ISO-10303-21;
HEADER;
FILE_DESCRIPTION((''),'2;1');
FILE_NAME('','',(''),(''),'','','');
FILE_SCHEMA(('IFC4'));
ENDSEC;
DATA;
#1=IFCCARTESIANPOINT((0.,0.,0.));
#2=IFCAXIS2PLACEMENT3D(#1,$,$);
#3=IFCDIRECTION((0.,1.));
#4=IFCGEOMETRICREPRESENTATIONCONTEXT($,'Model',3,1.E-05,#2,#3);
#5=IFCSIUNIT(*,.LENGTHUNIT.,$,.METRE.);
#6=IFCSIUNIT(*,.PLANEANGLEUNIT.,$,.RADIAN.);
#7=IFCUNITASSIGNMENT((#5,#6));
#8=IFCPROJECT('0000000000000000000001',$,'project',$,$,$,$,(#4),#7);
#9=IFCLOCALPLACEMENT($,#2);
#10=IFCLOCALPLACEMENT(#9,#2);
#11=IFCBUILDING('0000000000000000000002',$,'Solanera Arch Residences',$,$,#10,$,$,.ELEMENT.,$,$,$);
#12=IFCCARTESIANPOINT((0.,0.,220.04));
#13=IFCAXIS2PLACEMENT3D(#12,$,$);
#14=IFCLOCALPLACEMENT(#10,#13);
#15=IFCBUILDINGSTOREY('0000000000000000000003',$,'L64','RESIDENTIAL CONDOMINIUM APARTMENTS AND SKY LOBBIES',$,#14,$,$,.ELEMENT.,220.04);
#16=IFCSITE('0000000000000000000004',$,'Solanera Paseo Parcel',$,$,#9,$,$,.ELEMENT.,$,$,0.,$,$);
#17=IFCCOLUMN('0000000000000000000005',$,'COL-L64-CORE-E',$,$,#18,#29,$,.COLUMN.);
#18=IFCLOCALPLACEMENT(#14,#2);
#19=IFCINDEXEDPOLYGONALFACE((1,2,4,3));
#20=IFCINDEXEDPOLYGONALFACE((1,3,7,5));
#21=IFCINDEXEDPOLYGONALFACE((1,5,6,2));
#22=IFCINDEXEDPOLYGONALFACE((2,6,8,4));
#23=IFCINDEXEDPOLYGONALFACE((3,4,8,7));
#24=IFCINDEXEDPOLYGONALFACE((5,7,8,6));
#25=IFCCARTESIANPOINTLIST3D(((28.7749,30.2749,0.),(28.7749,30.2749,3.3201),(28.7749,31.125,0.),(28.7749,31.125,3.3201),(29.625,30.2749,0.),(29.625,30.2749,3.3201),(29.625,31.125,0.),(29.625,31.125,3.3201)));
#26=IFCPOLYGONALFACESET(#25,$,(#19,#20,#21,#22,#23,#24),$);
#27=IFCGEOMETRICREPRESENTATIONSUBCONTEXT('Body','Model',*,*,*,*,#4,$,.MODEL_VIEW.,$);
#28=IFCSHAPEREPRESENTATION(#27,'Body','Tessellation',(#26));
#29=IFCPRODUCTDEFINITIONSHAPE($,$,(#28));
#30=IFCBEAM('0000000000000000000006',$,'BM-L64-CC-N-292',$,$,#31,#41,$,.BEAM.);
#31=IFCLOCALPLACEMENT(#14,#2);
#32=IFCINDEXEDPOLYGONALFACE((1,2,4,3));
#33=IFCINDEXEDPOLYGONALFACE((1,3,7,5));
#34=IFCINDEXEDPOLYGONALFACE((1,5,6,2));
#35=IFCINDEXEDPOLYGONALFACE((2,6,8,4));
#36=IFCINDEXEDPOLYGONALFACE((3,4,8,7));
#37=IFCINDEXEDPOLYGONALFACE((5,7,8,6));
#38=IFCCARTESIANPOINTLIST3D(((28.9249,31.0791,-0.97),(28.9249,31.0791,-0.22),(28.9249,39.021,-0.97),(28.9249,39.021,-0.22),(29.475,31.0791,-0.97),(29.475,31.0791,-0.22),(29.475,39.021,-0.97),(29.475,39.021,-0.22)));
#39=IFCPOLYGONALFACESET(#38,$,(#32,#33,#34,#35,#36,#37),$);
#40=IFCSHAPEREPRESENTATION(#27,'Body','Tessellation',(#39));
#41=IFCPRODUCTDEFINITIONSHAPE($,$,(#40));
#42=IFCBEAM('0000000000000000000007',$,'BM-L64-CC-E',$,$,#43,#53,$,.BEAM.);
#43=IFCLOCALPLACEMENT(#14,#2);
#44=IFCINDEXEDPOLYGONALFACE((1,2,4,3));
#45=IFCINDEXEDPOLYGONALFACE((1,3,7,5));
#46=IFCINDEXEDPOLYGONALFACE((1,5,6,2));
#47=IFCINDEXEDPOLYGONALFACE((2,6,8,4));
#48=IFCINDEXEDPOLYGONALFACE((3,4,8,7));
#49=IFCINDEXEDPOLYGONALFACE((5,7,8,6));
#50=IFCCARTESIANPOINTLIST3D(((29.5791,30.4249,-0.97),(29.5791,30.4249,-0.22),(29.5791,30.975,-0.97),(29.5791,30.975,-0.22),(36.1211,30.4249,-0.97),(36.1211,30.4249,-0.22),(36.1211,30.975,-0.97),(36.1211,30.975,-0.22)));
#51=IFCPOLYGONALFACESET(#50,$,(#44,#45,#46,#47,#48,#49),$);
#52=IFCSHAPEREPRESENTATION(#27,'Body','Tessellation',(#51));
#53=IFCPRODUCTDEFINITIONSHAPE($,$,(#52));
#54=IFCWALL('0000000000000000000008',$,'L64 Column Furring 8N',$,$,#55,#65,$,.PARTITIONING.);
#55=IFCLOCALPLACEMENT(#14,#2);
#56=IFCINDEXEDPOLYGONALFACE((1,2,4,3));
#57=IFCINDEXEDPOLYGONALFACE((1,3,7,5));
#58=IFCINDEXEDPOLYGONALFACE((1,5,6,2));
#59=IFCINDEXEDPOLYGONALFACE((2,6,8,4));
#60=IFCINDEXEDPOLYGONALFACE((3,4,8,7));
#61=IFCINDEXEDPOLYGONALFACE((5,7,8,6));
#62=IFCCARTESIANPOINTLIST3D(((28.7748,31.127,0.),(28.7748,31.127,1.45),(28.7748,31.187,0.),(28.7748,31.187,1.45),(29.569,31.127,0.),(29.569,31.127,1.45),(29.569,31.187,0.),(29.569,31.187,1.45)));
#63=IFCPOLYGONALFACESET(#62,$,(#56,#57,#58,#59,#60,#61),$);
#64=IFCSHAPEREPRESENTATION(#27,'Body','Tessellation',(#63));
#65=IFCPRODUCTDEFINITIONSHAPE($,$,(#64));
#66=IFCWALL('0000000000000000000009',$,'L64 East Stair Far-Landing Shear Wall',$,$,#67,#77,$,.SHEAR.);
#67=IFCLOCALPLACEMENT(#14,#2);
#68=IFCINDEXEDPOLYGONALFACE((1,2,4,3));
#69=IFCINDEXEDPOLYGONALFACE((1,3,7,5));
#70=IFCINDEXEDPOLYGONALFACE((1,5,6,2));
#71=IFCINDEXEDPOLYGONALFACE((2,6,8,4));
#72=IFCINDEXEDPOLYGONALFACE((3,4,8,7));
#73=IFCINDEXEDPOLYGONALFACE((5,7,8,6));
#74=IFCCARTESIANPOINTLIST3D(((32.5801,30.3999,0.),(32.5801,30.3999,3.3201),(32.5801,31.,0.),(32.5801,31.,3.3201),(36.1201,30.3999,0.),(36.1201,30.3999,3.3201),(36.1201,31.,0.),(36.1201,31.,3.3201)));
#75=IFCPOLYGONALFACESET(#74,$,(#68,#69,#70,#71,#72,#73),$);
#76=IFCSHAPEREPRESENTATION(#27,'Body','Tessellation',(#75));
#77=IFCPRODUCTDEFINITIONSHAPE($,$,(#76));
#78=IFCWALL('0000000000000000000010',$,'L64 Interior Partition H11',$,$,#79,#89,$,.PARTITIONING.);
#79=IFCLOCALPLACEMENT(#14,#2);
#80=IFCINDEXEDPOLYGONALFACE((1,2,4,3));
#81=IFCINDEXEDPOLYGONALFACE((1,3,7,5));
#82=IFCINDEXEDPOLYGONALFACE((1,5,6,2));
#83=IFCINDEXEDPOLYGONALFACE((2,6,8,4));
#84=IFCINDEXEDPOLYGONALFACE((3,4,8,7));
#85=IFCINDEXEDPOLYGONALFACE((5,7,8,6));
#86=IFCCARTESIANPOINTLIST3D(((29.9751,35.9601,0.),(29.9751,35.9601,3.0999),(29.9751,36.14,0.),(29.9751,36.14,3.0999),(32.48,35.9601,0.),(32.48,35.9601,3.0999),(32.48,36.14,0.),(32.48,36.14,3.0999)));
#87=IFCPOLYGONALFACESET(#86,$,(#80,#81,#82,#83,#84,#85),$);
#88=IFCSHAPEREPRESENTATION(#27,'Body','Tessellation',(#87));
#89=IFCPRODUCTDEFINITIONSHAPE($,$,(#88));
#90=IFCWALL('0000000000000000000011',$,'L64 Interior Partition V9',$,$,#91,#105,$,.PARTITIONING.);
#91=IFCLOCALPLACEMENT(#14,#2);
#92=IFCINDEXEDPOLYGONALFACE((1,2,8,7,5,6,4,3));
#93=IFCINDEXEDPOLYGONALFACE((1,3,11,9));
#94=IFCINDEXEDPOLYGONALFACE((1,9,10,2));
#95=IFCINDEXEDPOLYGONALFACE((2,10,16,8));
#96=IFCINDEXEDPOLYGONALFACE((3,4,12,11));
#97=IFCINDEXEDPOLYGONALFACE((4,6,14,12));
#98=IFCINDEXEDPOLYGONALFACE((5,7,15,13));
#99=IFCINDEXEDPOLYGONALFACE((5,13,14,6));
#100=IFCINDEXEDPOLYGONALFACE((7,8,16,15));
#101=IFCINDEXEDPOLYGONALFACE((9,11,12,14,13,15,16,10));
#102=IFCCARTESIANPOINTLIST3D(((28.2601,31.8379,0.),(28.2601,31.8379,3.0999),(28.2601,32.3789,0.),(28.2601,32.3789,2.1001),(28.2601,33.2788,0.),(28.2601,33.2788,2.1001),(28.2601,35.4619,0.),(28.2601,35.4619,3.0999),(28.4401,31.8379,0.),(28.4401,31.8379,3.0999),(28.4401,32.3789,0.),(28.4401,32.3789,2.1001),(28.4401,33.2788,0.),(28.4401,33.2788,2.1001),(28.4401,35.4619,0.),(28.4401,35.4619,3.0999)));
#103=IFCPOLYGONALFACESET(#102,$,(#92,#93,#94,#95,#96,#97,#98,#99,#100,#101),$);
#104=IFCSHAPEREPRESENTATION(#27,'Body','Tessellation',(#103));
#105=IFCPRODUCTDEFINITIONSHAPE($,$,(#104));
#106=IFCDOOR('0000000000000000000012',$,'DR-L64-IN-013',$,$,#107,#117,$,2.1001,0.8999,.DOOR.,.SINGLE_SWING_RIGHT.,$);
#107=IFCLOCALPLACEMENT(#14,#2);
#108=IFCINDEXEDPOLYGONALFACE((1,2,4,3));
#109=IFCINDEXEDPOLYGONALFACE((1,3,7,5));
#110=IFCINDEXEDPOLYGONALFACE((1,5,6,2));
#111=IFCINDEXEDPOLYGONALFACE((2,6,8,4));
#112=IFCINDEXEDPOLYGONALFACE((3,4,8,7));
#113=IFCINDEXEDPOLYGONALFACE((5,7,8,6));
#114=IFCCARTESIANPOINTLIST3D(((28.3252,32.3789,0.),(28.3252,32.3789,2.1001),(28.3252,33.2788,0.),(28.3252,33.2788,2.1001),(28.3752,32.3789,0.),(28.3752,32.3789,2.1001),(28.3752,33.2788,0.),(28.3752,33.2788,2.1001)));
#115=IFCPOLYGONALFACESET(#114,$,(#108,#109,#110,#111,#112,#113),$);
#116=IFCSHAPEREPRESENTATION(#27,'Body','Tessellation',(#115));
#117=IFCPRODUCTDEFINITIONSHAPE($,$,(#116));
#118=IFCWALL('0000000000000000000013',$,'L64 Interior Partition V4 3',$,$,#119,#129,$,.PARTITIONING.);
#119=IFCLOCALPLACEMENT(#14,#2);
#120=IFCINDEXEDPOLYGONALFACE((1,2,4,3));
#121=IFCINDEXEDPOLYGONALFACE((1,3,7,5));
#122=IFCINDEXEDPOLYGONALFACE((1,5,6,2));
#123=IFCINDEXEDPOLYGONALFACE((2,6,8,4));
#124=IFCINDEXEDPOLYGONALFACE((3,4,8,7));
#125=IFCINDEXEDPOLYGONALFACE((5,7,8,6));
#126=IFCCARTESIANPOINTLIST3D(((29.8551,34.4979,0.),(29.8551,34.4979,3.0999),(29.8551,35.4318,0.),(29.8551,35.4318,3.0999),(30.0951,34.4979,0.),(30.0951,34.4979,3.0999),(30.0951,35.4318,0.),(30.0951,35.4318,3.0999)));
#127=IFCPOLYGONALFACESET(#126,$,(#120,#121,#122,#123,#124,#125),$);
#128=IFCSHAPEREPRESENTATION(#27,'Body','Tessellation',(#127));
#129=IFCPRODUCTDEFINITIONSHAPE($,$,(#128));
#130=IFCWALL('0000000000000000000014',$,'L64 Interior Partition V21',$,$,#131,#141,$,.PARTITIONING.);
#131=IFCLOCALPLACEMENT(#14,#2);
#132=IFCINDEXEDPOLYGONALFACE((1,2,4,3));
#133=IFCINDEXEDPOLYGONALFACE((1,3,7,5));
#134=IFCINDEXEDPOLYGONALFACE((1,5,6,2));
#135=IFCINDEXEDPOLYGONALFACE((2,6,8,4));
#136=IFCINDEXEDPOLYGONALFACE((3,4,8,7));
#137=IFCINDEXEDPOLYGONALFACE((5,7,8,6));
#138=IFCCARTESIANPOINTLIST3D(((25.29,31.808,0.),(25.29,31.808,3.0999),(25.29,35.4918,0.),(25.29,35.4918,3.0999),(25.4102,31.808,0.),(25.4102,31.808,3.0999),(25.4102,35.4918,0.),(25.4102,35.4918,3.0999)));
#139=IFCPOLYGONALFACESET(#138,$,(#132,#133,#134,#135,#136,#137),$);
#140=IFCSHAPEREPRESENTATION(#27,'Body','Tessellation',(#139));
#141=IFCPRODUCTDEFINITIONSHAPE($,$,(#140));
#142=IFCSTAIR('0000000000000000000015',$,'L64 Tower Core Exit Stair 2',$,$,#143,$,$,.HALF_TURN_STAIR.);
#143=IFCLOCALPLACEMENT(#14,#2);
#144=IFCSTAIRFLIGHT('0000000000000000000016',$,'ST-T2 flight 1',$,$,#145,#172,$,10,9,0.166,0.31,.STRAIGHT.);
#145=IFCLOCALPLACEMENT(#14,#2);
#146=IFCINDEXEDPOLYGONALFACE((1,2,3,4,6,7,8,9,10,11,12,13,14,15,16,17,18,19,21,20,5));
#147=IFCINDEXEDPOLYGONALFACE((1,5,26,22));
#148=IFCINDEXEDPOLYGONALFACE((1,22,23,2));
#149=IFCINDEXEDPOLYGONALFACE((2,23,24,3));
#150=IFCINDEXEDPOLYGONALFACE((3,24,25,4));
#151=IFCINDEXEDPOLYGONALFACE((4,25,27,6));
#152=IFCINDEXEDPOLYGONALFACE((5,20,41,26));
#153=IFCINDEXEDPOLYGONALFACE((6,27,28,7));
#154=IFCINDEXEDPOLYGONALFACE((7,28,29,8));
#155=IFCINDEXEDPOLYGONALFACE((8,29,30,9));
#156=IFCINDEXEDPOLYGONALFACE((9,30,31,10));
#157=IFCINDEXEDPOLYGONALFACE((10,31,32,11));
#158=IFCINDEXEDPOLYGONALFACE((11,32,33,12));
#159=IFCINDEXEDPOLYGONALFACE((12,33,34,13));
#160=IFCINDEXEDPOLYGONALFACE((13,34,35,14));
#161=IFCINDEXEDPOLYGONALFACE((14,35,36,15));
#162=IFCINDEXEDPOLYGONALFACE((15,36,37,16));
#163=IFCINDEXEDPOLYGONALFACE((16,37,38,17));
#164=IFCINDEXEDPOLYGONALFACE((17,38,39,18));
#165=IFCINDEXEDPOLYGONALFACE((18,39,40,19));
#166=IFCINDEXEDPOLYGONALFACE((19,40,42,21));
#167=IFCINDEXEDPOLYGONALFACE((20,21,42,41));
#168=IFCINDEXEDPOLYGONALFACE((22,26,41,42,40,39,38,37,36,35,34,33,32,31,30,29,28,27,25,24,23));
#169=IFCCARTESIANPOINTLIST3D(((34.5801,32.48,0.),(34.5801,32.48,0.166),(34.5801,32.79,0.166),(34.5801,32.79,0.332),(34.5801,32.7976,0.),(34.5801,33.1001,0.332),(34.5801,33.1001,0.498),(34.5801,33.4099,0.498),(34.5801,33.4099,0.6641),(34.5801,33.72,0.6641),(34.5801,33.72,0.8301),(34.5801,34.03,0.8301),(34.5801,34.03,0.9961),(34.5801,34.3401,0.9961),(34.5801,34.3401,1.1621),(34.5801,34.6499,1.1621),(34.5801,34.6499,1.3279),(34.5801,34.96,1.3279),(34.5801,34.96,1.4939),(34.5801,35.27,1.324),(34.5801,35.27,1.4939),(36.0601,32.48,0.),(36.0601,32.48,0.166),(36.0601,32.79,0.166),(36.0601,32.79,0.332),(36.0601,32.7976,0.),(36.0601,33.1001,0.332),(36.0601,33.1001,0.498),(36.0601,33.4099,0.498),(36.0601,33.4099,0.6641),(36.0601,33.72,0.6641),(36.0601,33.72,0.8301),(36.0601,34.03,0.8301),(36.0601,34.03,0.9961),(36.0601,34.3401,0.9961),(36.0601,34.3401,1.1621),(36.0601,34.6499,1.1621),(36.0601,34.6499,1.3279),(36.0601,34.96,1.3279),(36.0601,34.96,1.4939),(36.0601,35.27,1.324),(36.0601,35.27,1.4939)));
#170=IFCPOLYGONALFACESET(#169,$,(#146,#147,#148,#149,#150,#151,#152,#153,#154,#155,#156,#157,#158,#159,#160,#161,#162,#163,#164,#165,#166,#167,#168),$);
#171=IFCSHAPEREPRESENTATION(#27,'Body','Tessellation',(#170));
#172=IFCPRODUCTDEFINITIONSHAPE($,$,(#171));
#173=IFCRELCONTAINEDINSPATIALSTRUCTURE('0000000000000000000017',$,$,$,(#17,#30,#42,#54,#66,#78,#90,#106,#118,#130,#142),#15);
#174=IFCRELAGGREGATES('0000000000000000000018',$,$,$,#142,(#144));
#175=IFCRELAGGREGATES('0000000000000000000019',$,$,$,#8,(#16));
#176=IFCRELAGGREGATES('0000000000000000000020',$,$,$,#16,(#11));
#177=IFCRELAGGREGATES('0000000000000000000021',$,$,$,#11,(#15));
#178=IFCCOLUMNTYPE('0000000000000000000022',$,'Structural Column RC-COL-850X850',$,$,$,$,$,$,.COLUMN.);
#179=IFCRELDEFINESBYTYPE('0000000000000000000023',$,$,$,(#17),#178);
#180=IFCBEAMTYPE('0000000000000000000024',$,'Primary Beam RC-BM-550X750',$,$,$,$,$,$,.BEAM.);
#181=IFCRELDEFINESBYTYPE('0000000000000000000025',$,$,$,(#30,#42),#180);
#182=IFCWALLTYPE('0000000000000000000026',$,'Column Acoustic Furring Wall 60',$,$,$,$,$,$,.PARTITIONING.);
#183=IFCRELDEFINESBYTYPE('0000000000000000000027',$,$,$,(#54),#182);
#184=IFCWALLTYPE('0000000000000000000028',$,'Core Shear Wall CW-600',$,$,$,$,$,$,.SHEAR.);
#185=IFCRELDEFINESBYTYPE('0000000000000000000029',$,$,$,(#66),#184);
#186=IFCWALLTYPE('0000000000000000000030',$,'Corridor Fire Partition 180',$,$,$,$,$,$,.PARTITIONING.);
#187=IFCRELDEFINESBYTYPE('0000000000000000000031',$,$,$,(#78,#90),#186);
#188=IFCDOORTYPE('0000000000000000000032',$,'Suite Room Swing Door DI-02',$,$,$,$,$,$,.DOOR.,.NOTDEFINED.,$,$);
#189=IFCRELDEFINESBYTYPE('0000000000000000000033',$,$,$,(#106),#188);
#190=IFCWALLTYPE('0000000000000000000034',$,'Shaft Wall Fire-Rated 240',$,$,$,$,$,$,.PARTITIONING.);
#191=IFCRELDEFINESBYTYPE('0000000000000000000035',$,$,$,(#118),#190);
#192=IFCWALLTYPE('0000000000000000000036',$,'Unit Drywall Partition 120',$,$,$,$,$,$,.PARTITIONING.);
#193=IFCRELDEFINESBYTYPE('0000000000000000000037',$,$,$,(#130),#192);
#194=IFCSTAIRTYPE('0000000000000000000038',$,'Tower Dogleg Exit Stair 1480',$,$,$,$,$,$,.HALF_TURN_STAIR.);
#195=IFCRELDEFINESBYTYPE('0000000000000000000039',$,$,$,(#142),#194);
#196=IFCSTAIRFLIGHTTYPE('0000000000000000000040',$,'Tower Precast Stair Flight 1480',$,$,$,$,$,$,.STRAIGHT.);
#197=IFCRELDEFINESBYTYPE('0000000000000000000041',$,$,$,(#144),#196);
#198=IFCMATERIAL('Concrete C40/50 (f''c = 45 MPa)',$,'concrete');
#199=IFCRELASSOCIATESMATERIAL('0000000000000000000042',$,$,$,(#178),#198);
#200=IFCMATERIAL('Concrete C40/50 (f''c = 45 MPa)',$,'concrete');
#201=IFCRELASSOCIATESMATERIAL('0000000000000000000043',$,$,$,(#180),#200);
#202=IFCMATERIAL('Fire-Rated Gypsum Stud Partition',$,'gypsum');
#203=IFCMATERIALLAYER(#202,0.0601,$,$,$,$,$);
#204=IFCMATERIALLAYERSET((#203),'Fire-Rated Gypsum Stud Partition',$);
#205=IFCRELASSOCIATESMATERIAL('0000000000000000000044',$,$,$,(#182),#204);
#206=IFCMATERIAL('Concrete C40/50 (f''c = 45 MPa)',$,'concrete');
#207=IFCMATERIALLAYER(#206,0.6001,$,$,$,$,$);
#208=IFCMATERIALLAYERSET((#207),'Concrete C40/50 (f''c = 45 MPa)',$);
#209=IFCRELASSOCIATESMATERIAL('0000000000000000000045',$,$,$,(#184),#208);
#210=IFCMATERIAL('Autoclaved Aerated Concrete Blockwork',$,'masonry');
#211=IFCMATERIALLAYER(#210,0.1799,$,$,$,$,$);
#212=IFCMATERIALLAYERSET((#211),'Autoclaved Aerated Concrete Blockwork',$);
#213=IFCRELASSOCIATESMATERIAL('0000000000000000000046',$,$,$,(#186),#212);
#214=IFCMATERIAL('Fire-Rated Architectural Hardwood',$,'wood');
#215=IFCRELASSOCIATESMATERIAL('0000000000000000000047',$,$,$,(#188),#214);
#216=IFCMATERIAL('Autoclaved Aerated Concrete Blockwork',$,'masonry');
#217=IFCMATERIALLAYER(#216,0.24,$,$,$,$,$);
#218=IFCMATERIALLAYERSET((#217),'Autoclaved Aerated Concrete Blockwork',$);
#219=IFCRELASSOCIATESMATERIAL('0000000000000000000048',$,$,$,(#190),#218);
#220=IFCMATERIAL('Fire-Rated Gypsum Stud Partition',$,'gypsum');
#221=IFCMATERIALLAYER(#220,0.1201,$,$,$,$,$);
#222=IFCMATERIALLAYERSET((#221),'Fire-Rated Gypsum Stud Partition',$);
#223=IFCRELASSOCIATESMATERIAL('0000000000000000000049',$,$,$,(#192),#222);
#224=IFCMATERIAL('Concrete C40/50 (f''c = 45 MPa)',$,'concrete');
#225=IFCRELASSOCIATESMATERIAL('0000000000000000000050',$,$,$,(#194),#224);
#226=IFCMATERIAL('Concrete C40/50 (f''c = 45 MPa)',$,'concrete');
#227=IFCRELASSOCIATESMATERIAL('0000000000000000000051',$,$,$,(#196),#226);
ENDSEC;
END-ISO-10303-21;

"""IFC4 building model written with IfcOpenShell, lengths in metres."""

from ifc_helpers import new_model, si_unit, direction, frame, frame_2d, origin, origin_2d, place, context, subcontext, project, spatial, polyline, rectangle, outline, extrude, material, layer, layer_set, material_profile, profile_set, type_object, element, fill, aggregate, save


model = new_model("IFC4")

# Units and contexts
model_context = context("Model", 3, precision=1e-05, world=origin(), true_north=direction((0.0, 1.0)))
body_context = subcontext(model_context, "Body", "Model", "MODEL_VIEW")
ifc_project = project(units=[si_unit("LENGTHUNIT", "METRE"), si_unit("PLANEANGLEUNIT", "RADIAN")], contexts=[model_context])

# Site, building, storey
site_placement = place(None, origin())
site = spatial("IfcSite", under=ifc_project, at=site_placement, Name="Solanera Paseo Parcel", CompositionType="ELEMENT", RefElevation=0.0)
building_placement = place(site_placement, origin())
building = spatial("IfcBuilding", under=site, at=building_placement, Name="Solanera Arch Residences", CompositionType="ELEMENT")
storey_placement = place(building_placement, frame((0.0, 0.0, 220.04)))
storey = spatial("IfcBuildingStorey", under=building, at=storey_placement, Name="L64", Description="RESIDENTIAL CONDOMINIUM APARTMENTS AND SKY LOBBIES", CompositionType="ELEMENT", Elevation=220.04)

# Column
ifc_material_1 = material(Name="Concrete C40/50 (f'c = 45 MPa)", Category="concrete")
ifc_material_profile_1 = material_profile(ifc_material_1, rectangle(XDim=0.8501, YDim=0.8501, at=origin_2d()))
ifc_profile_set_1 = profile_set([ifc_material_profile_1], Name="Concrete C40/50 (f'c = 45 MPa)")
column_type = type_object("IfcColumnType", Name="Structural Column RC-COL-850X850", PredefinedType="COLUMN", material=ifc_profile_set_1)
column_placement = place(storey_placement, frame((29.2, 30.7, 0.0), z_axis=(0.0, 0.0, 1.0), x_axis=(1.0, 0.0, 0.0)))
element("IfcColumn", 1, at=column_placement, inside=storey, type_object=column_type, Name="COL-L64-CORE-E", PredefinedType="COLUMN", context=body_context, shape_type="SweptSolid", body=[
    extrude(rectangle(XDim=0.8501, YDim=0.8501, at=origin_2d()), origin(), (0.0, 0.0, 1.0), 3.3201),
])

# Beams
ifc_material_2 = material(Name="Concrete C40/50 (f'c = 45 MPa)", Category="concrete")
ifc_material_profile_2 = material_profile(ifc_material_2, rectangle(XDim=0.55, YDim=0.75, at=origin_2d()))
ifc_profile_set_2 = profile_set([ifc_material_profile_2], Name="Concrete C40/50 (f'c = 45 MPa)")
beam_type = type_object("IfcBeamType", Name="Primary Beam RC-BM-550X750", PredefinedType="BEAM", material=ifc_profile_set_2)
beam_1_placement = place(storey_placement, frame((29.2, 31.0791, -0.595), z_axis=(0.0, 1.0, 0.0), x_axis=(-1.0, 0.0, 0.0)))
element("IfcBeam", 2, at=beam_1_placement, inside=storey, type_object=beam_type, Name="BM-L64-CC-N-292", PredefinedType="BEAM", context=body_context, shape_type="SweptSolid", body=[
    extrude(rectangle(XDim=0.55, YDim=0.75, at=origin_2d()), origin(), (0.0, 0.0, 1.0), 7.9419),
])
beam_2_placement = place(storey_placement, frame((29.5791, 30.7, -0.595), z_axis=(1.0, 0.0, 0.0), x_axis=(0.0, 1.0, 0.0)))
element("IfcBeam", 3, at=beam_2_placement, inside=storey, type_object=beam_type, Name="BM-L64-CC-E", PredefinedType="BEAM", context=body_context, shape_type="SweptSolid", body=[
    extrude(rectangle(XDim=0.55, YDim=0.75, at=origin_2d()), origin(), (0.0, 0.0, 1.0), 6.542),
])

# Wall
ifc_material_3 = material(Name="Fire-Rated Gypsum Stud Partition", Category="gypsum")
ifc_layer_1 = layer(ifc_material_3, 0.0601)
ifc_layer_set_1 = layer_set([ifc_layer_1], Name="Fire-Rated Gypsum Stud Partition")
wall_type_1 = type_object("IfcWallType", Name="Column Acoustic Furring Wall 60", PredefinedType="PARTITIONING", material=ifc_layer_set_1)
wall_1_placement = place(storey_placement, frame((28.7749, 31.157, 0.0), z_axis=(0.0, 0.0, 1.0), x_axis=(1.0, 0.0, 0.0)))
element("IfcWall", 4, at=wall_1_placement, inside=storey, type_object=wall_type_1, Name="L64 Column Furring 8N", PredefinedType="PARTITIONING", context=body_context, shape_type="SweptSolid", body=[
    extrude(rectangle(XDim=0.7942, YDim=0.0601, at=frame_2d((0.397, 0.0))), origin(), (0.0, 0.0, 1.0), 1.45),
])

# Walls
ifc_material_4 = material(Name="Concrete C40/50 (f'c = 45 MPa)", Category="concrete")
ifc_layer_2 = layer(ifc_material_4, 0.6001)
ifc_layer_set_2 = layer_set([ifc_layer_2], Name="Concrete C40/50 (f'c = 45 MPa)")
wall_type_2 = type_object("IfcWallType", Name="Core Shear Wall CW-600", PredefinedType="SHEAR", material=ifc_layer_set_2)
wall_2_placement = place(storey_placement, frame((32.5801, 30.7, 0.0), z_axis=(0.0, 0.0, 1.0), x_axis=(1.0, 0.0, 0.0)))
element("IfcWall", 5, at=wall_2_placement, inside=storey, type_object=wall_type_2, Name="L64 East Stair Far-Landing Shear Wall", PredefinedType="SHEAR", context=body_context, shape_type="SweptSolid", body=[
    extrude(rectangle(XDim=3.54, YDim=0.6001, at=frame_2d((1.77, 0.0))), origin(), (0.0, 0.0, 1.0), 3.3201),
])
ifc_material_5 = material(Name="Autoclaved Aerated Concrete Blockwork", Category="masonry")
ifc_layer_3 = layer(ifc_material_5, 0.1799)
ifc_layer_set_3 = layer_set([ifc_layer_3], Name="Autoclaved Aerated Concrete Blockwork")
wall_type_3 = type_object("IfcWallType", Name="Corridor Fire Partition 180", PredefinedType="PARTITIONING", material=ifc_layer_set_3)
wall_3_placement = place(storey_placement, frame((29.9751, 36.05, 0.0), z_axis=(0.0, 0.0, 1.0), x_axis=(1.0, 0.0, 0.0)))
element("IfcWall", 6, at=wall_3_placement, inside=storey, type_object=wall_type_3, Name="L64 Interior Partition H11", PredefinedType="PARTITIONING", context=body_context, shape_type="SweptSolid", body=[
    extrude(rectangle(XDim=2.5049, YDim=0.1799, at=frame_2d((1.2524, 0.0))), origin(), (0.0, 0.0, 1.0), 3.0999),
])

# Wall, opening, door
wall_4_placement = place(storey_placement, frame((28.3501, 31.8379, 0.0), z_axis=(0.0, 0.0, 1.0), x_axis=(0.0, 1.0, 0.0)))
wall_4 = element("IfcWall", 7, at=wall_4_placement, inside=storey, type_object=wall_type_3, Name="L64 Interior Partition V9", PredefinedType="PARTITIONING", context=body_context, shape_type="SweptSolid", body=[
    extrude(rectangle(XDim=3.624, YDim=0.1799, at=frame_2d((1.812, 0.0))), origin(), (0.0, 0.0, 1.0), 3.0999),
])
opening_1_placement = place(wall_4_placement, frame((0.541, 0.0, 0.0)))
opening_1 = element("IfcOpeningElement", 8, at=opening_1_placement, cuts=wall_4, PredefinedType="OPENING", context=body_context, shape_type="SweptSolid", body=[
    extrude(rectangle(XDim=0.8999, YDim=2.1001, at=frame_2d((0.45, 1.05))), frame((0.0, 0.1001, 0.0), z_axis=(0.0, -1.0, 0.0), x_axis=(1.0, 0.0, 0.0)), (0.0, 0.0, 1.0), 0.1999),
])
ifc_material_6 = material(Name="Fire-Rated Architectural Hardwood", Category="wood")
door_type_1 = type_object("IfcDoorType", Name="Suite Room Swing Door DI-02", OperationType="NOTDEFINED", PredefinedType="DOOR", material=ifc_material_6)
door_1_placement = place(opening_1_placement, origin())
door_1 = element("IfcDoor", 9, at=door_1_placement, inside=storey, type_object=door_type_1, Name="DR-L64-IN-013", OperationType="SINGLE_SWING_RIGHT", OverallHeight=2.1001, OverallWidth=0.8999, PredefinedType="DOOR", context=body_context, shape_type="SweptSolid", body=[
    extrude(rectangle(XDim=0.8999, YDim=2.1001, at=frame_2d((0.45, 1.05))), frame((0.0, 0.0249, 0.0), z_axis=(0.0, -1.0, 0.0), x_axis=(1.0, 0.0, 0.0)), (0.0, 0.0, 1.0), 0.05),
])
fill(opening_1, door_1)
ifc_material_7 = material(Name="Autoclaved Aerated Concrete Blockwork", Category="masonry")
ifc_layer_4 = layer(ifc_material_7, 0.24)
ifc_layer_set_4 = layer_set([ifc_layer_4], Name="Autoclaved Aerated Concrete Blockwork")
wall_type_4 = type_object("IfcWallType", Name="Shaft Wall Fire-Rated 240", PredefinedType="PARTITIONING", material=ifc_layer_set_4)

# Walls
wall_5_placement = place(storey_placement, frame((29.9751, 34.498, 0.0), z_axis=(0.0, 0.0, 1.0), x_axis=(0.0, 1.0, 0.0)))
element("IfcWall", 10, at=wall_5_placement, inside=storey, type_object=wall_type_4, Name="L64 Interior Partition V4 3", PredefinedType="PARTITIONING", context=body_context, shape_type="SweptSolid", body=[
    extrude(rectangle(XDim=0.9338, YDim=0.24, at=frame_2d((0.4668, 0.0))), origin(), (0.0, 0.0, 1.0), 3.0999),
])
ifc_material_8 = material(Name="Fire-Rated Gypsum Stud Partition", Category="gypsum")
ifc_layer_5 = layer(ifc_material_8, 0.1201)
ifc_layer_set_5 = layer_set([ifc_layer_5], Name="Fire-Rated Gypsum Stud Partition")
wall_type_5 = type_object("IfcWallType", Name="Unit Drywall Partition 120", PredefinedType="PARTITIONING", material=ifc_layer_set_5)
wall_6_placement = place(storey_placement, frame((25.3501, 31.8081, 0.0), z_axis=(0.0, 0.0, 1.0), x_axis=(0.0, 1.0, 0.0)))
element("IfcWall", 11, at=wall_6_placement, inside=storey, type_object=wall_type_5, Name="L64 Interior Partition V21", PredefinedType="PARTITIONING", context=body_context, shape_type="SweptSolid", body=[
    extrude(rectangle(XDim=3.6838, YDim=0.1201, at=frame_2d((1.8418, 0.0))), origin(), (0.0, 0.0, 1.0), 3.0999),
])

# Stair, stair flight
ifc_material_9 = material(Name="Concrete C40/50 (f'c = 45 MPa)", Category="concrete")
stair_type = type_object("IfcStairType", Name="Tower Dogleg Exit Stair 1480", PredefinedType="HALF_TURN_STAIR", material=ifc_material_9)
stair_placement = place(storey_placement, origin())
stair = element("IfcStair", 12, at=stair_placement, inside=storey, type_object=stair_type, Name="L64 Tower Core Exit Stair 2", PredefinedType="HALF_TURN_STAIR")
ifc_material_10 = material(Name="Concrete C40/50 (f'c = 45 MPa)", Category="concrete")
stair_flight_type = type_object("IfcStairFlightType", Name="Tower Precast Stair Flight 1480", PredefinedType="STRAIGHT", material=ifc_material_10)
stair_flight_1_placement = place(storey_placement, frame((35.3201, 32.48, 0.0), z_axis=(0.0, 0.0, 1.0), x_axis=(0.0, 1.0, 0.0)))
stair_flight_1 = element("IfcStairFlight", 13, at=stair_flight_1_placement, type_object=stair_flight_type, Name="ST-T2 flight 1", NumberOfRisers=10, NumberOfTreads=9, PredefinedType="STRAIGHT", RiserHeight=0.166, TreadLength=0.31, context=body_context, shape_type="SweptSolid", body=[
    extrude(outline(polyline([(0.0, 0.0), (0.0, 0.166), (0.3101, 0.166), (0.3101, 0.332), (0.6201, 0.332), (0.6201, 0.498), (0.9299, 0.498), (0.9299, 0.6641), (1.24, 0.6641), (1.24, 0.8301), (1.55, 0.8301), (1.55, 0.9961), (1.8601, 0.9961), (1.8601, 1.1621), (2.1699, 1.1621), (2.1699, 1.3279), (2.48, 1.3279), (2.48, 1.4939), (2.79, 1.4939), (2.79, 1.6599), (2.79, 1.324), (0.3176, 0.0), (0.0, 0.0)])), frame((0.0, 0.74, 0.0), z_axis=(0.0, -1.0, 0.0), x_axis=(1.0, 0.0, 0.0)), (0.0, 0.0, 1.0), 1.48),
])
aggregate(stair, [stair_flight_1])

save(model, "model.ifc")
